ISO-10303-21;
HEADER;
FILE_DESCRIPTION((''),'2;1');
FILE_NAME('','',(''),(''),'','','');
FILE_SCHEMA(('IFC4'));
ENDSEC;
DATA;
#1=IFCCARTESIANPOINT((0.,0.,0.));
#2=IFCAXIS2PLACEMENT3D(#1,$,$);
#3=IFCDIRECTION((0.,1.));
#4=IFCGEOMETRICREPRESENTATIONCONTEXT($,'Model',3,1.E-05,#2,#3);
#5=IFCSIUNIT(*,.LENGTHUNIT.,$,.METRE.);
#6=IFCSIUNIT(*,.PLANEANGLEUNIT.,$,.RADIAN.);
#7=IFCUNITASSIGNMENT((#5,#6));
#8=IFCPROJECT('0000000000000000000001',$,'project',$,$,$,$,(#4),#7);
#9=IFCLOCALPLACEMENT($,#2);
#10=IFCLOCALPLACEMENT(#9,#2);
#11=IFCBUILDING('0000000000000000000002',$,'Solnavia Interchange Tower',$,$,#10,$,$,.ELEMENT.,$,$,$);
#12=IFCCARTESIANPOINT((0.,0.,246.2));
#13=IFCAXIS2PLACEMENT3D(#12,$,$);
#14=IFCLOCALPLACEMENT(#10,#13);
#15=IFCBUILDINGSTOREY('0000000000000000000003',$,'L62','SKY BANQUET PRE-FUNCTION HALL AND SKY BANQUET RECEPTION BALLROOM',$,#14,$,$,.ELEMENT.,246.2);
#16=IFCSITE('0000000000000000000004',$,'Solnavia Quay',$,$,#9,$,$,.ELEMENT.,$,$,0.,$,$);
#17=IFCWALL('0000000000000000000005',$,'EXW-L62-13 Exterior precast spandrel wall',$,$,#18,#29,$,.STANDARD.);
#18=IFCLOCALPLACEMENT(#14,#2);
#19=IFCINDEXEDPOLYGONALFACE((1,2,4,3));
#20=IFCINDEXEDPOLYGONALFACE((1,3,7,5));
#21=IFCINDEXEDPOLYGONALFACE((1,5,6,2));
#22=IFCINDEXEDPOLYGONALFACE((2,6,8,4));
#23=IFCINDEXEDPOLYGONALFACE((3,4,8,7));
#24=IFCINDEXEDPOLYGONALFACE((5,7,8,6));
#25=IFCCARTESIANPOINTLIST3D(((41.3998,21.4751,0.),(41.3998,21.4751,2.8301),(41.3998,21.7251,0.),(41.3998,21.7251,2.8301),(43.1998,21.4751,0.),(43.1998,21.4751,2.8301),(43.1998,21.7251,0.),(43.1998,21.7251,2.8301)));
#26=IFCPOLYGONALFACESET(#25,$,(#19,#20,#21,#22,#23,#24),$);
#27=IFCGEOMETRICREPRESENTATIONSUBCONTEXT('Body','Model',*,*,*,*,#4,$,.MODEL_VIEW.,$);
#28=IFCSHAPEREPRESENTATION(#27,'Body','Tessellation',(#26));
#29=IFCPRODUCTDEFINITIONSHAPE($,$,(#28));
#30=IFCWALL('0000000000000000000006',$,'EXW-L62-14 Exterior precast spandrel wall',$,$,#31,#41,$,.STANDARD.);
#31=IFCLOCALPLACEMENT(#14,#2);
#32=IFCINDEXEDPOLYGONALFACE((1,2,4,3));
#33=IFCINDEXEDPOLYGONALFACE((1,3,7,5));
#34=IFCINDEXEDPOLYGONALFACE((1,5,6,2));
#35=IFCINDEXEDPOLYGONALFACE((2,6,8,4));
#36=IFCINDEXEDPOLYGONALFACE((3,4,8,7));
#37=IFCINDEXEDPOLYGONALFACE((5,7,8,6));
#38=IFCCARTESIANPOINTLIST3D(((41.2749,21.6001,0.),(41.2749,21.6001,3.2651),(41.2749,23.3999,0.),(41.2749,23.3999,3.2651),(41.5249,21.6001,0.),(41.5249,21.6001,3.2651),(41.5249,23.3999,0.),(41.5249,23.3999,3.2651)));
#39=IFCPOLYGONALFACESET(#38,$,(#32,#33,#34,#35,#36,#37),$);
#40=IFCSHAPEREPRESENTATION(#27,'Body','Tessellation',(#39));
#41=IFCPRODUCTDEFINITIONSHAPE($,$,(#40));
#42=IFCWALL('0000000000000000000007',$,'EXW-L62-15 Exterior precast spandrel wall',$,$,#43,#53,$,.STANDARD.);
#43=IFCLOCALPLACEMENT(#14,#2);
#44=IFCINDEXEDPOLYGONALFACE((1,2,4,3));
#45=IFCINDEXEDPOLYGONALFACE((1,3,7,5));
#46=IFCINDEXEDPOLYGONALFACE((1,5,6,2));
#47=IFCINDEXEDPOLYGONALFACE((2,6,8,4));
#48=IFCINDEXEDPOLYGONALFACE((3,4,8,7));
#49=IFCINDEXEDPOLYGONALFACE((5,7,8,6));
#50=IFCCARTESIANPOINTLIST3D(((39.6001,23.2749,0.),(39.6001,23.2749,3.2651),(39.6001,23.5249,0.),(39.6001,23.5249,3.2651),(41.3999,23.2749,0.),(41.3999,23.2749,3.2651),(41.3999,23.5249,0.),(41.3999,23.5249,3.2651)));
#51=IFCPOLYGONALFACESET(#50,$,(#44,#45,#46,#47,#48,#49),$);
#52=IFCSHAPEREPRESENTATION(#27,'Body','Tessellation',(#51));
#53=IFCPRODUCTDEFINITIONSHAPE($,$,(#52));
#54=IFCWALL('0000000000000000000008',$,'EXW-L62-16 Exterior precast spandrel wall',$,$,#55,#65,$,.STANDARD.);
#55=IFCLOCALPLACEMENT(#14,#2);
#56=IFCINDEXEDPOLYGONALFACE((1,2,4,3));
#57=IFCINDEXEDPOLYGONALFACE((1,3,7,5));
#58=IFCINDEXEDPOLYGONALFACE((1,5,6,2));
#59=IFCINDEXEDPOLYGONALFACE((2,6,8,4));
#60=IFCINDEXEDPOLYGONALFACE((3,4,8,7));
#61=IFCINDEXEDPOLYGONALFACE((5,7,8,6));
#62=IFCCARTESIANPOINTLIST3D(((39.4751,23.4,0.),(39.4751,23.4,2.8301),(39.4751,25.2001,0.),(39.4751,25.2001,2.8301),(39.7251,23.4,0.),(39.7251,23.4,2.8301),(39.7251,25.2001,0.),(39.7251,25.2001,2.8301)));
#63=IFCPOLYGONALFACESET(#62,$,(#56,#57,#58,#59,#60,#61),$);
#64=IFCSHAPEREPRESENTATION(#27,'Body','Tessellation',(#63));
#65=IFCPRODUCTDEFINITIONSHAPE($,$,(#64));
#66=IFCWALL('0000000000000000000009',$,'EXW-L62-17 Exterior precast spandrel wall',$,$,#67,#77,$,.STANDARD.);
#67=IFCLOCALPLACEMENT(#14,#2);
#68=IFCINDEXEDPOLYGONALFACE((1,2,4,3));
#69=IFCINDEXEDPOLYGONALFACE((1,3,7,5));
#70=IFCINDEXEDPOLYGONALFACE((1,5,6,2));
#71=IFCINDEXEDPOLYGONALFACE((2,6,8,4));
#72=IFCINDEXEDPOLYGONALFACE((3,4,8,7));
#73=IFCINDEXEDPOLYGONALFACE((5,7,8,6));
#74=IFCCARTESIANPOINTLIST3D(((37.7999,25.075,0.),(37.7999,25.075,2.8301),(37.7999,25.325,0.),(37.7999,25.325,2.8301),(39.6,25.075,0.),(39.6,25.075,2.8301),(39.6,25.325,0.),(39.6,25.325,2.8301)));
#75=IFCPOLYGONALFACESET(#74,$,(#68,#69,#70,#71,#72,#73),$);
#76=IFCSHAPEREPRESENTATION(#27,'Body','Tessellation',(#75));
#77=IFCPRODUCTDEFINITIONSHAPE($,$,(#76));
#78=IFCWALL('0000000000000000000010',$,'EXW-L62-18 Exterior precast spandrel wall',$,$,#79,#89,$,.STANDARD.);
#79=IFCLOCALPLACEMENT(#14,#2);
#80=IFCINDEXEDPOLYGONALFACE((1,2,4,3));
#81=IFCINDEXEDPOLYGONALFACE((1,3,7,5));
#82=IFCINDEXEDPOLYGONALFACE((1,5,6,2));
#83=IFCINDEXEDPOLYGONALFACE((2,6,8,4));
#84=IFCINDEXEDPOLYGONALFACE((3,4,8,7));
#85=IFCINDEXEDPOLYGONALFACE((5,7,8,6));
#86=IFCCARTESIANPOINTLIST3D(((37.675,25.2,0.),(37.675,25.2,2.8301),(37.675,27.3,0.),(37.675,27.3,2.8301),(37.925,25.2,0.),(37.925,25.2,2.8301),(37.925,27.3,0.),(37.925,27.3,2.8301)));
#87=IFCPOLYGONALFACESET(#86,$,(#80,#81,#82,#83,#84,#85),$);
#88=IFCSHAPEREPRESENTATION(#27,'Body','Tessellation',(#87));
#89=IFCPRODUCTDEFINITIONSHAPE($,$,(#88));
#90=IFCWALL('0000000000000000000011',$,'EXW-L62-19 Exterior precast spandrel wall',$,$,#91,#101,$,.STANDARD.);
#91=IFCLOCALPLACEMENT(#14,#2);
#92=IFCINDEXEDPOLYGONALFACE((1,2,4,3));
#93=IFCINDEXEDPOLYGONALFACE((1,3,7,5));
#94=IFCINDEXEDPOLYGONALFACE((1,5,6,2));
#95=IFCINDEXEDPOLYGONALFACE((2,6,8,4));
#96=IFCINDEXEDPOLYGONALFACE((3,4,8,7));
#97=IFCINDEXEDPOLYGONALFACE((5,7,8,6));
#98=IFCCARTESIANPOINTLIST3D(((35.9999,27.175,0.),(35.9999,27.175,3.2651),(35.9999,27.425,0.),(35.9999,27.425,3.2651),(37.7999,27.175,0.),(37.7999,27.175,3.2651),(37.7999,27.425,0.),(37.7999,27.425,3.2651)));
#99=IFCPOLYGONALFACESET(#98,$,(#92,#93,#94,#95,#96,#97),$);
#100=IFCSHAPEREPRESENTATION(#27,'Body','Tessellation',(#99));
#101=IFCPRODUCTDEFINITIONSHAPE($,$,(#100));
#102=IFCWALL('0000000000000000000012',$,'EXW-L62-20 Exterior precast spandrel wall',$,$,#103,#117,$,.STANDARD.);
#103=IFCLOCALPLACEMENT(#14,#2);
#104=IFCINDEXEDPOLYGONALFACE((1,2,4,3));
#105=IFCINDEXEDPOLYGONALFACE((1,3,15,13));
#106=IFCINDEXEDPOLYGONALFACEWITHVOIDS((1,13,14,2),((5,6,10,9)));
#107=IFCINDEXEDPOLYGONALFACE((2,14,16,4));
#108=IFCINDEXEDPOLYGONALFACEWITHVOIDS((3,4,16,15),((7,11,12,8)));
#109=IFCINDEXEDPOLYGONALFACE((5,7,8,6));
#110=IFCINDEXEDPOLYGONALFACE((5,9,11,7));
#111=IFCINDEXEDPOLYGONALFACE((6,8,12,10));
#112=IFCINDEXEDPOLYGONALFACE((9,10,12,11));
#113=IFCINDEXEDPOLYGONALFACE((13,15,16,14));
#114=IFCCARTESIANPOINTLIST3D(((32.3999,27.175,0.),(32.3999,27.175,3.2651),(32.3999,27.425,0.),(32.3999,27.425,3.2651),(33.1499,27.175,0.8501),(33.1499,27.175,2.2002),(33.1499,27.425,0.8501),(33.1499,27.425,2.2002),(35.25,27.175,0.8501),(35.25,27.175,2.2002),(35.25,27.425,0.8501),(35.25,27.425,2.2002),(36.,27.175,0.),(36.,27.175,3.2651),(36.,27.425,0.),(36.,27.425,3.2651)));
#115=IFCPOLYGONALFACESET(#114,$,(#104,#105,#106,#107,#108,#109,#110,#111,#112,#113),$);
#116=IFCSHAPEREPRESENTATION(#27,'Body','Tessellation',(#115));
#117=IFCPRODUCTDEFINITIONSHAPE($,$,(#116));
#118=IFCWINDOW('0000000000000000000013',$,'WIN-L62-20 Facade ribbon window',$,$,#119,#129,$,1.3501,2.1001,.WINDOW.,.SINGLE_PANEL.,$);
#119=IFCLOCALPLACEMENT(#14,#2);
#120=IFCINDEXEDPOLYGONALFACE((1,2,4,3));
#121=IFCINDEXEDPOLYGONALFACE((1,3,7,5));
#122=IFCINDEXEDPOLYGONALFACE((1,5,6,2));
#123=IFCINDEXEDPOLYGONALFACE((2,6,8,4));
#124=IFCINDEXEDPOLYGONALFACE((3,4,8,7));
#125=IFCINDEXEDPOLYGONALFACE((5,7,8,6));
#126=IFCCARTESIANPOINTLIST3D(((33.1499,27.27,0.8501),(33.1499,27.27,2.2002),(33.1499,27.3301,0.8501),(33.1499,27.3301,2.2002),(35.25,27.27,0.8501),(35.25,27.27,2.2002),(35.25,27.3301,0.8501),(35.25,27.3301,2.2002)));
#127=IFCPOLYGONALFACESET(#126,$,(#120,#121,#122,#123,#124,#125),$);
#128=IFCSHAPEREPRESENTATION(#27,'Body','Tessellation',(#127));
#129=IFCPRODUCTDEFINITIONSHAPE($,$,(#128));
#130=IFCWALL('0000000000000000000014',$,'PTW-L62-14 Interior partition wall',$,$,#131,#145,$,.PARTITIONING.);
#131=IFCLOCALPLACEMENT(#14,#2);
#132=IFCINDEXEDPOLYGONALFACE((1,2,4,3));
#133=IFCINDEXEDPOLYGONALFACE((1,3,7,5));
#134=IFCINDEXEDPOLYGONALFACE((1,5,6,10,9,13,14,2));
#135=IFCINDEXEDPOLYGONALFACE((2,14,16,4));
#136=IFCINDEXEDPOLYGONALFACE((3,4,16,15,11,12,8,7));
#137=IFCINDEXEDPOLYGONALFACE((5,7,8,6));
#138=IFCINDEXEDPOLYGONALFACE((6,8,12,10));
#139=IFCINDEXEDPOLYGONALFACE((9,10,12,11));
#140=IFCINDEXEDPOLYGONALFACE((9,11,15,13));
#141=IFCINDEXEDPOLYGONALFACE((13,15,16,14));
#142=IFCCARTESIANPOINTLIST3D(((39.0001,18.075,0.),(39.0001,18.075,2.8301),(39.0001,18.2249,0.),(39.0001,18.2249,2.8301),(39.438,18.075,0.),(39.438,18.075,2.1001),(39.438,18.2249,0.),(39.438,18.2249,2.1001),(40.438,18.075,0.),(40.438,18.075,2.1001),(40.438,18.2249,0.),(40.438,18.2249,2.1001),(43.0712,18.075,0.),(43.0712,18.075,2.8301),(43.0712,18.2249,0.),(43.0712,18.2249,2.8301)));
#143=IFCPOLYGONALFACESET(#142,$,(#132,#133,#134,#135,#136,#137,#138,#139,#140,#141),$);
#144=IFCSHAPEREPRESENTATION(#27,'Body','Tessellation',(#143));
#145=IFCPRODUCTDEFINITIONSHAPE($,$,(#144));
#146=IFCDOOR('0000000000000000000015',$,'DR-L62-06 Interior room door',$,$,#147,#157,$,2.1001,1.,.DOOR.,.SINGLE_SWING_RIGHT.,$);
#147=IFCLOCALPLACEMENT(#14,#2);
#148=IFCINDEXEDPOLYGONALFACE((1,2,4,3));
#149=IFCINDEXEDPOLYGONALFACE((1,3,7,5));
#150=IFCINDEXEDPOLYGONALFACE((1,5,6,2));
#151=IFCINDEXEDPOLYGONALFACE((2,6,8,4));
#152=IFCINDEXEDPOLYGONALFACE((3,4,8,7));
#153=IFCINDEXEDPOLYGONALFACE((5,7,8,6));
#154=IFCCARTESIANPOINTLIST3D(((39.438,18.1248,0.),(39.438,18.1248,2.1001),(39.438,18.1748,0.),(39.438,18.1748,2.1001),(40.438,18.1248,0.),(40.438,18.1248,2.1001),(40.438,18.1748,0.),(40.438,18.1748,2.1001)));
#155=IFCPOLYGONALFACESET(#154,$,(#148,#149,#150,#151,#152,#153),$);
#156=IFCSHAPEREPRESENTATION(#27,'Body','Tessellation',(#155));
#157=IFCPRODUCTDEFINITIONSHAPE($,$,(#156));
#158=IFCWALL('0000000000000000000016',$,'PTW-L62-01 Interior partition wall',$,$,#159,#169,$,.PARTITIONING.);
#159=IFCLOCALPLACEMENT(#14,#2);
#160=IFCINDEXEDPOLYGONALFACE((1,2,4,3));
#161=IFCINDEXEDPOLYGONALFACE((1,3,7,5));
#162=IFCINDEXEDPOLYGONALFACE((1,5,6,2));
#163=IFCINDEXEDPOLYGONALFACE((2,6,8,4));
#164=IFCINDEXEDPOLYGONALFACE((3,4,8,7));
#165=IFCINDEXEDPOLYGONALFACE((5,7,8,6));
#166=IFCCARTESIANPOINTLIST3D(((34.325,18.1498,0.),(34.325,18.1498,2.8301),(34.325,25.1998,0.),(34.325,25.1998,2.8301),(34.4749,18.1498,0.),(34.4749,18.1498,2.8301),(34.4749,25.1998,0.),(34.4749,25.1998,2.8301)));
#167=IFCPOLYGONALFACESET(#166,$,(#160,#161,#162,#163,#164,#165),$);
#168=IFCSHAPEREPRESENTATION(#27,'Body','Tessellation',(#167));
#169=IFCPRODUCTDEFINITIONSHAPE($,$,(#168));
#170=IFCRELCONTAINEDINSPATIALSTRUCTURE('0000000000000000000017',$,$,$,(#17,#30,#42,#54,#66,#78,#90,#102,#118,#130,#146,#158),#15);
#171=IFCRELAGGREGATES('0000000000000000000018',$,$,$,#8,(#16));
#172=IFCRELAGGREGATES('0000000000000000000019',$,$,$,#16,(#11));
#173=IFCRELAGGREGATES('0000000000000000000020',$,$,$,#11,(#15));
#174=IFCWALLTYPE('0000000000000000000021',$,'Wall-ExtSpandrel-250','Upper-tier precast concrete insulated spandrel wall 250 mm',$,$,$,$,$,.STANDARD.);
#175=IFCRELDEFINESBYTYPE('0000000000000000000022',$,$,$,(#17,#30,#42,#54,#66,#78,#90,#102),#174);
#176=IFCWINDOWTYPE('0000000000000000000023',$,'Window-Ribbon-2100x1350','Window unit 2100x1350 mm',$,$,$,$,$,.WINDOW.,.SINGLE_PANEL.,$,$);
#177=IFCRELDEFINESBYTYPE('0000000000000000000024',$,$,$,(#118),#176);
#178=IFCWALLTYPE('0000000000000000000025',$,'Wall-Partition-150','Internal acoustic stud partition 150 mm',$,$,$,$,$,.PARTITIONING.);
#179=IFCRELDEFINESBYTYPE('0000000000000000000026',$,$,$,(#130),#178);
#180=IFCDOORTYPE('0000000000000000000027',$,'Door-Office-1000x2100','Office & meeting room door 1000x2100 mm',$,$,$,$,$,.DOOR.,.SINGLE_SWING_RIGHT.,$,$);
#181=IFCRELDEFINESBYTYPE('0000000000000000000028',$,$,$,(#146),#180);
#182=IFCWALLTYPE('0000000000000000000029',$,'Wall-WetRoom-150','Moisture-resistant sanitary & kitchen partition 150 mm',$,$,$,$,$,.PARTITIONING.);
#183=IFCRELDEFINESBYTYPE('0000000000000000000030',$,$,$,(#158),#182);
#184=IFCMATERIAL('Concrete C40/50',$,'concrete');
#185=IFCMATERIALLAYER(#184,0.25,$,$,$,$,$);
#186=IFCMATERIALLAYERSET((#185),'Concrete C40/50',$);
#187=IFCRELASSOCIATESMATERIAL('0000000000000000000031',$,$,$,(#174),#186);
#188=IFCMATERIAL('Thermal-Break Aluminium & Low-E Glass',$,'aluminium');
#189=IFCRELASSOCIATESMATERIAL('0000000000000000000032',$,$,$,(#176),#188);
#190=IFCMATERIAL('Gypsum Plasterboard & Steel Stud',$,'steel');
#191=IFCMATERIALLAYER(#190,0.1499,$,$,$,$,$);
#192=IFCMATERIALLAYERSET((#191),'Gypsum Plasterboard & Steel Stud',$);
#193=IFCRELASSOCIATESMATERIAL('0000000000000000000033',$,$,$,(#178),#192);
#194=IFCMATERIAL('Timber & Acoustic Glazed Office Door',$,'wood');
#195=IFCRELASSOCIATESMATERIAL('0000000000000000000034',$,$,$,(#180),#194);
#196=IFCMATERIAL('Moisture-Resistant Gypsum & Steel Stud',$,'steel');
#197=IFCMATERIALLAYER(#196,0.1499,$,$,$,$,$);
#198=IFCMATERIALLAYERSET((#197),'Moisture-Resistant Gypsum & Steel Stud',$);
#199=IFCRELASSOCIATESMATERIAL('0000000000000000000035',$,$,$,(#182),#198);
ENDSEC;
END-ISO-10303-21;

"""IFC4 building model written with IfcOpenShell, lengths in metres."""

from ifc_helpers import new_model, si_unit, direction, frame, frame_2d, origin, place, context, subcontext, project, spatial, rectangle, extrude, material, layer, layer_set, type_object, element, fill, save


model = new_model("IFC4")

# Units and contexts
model_context = context("Model", 3, precision=1e-05, world=origin(), true_north=direction((0.0, 1.0)))
body_context = subcontext(model_context, "Body", "Model", "MODEL_VIEW")
ifc_project = project(units=[si_unit("LENGTHUNIT", "METRE"), si_unit("PLANEANGLEUNIT", "RADIAN")], contexts=[model_context])

# Site, building, storey
site_placement = place(None, origin())
site = spatial("IfcSite", under=ifc_project, at=site_placement, Name="Solnavia Quay", CompositionType="ELEMENT", RefElevation=0.0)
building_placement = place(site_placement, origin())
building = spatial("IfcBuilding", under=site, at=building_placement, Name="Solnavia Interchange Tower", CompositionType="ELEMENT")
storey_placement = place(building_placement, frame((0.0, 0.0, 246.2)))
storey = spatial("IfcBuildingStorey", under=building, at=storey_placement, Name="L62", Description="SKY BANQUET PRE-FUNCTION HALL AND SKY BANQUET RECEPTION BALLROOM", CompositionType="ELEMENT", Elevation=246.2)

# Walls
ifc_material_1 = material(Name="Concrete C40/50", Category="concrete")
ifc_layer_1 = layer(ifc_material_1, 0.25)
ifc_layer_set_1 = layer_set([ifc_layer_1], Name="Concrete C40/50")
wall_type_1 = type_object("IfcWallType", Name="Wall-ExtSpandrel-250", Description="Upper-tier precast concrete insulated spandrel wall 250 mm", PredefinedType="STANDARD", material=ifc_layer_set_1)
wall_1_placement = place(storey_placement, frame((41.3999, 21.6001, 0.0), z_axis=(0.0, 0.0, 1.0), x_axis=(1.0, 0.0, 0.0)))
element("IfcWall", 1, at=wall_1_placement, inside=storey, type_object=wall_type_1, Name="EXW-L62-13 Exterior precast spandrel wall", PredefinedType="STANDARD", context=body_context, shape_type="SweptSolid", body=[
    extrude(rectangle(XDim=1.8, YDim=0.25, at=frame_2d((0.8999, 0.0))), origin(), (0.0, 0.0, 1.0), 2.8301),
])
for number, where, z_axis, x_axis, name in (
    (2, (41.3999, 23.3999, 0.0), (0.0, 0.0, 1.0), (0.0, -1.0, 0.0), "EXW-L62-14 Exterior precast spandrel wall"),
    (3, (39.6001, 23.3999, 0.0), (0.0, 0.0, 1.0), (1.0, 0.0, 0.0), "EXW-L62-15 Exterior precast spandrel wall"),
):
    element("IfcWall", number, at=place(storey_placement, frame(where, z_axis=z_axis, x_axis=x_axis)), inside=storey, type_object=wall_type_1, Name=name, PredefinedType="STANDARD", context=body_context, shape_type="SweptSolid", body=[
        extrude(rectangle(XDim=1.7998, YDim=0.25, at=frame_2d((0.8999, 0.0))), origin(), (0.0, 0.0, 1.0), 3.2651),
    ])
for number, where, z_axis, x_axis, name in (
    (4, (39.6001, 25.2, 0.0), (0.0, 0.0, 1.0), (0.0, -1.0, 0.0), "EXW-L62-16 Exterior precast spandrel wall"),
    (5, (37.8, 25.2, 0.0), (0.0, 0.0, 1.0), (1.0, 0.0, 0.0), "EXW-L62-17 Exterior precast spandrel wall"),
):
    element("IfcWall", number, at=place(storey_placement, frame(where, z_axis=z_axis, x_axis=x_axis)), inside=storey, type_object=wall_type_1, Name=name, PredefinedType="STANDARD", context=body_context, shape_type="SweptSolid", body=[
        extrude(rectangle(XDim=1.8, YDim=0.25, at=frame_2d((0.8999, 0.0))), origin(), (0.0, 0.0, 1.0), 2.8301),
    ])
wall_2_placement = place(storey_placement, frame((37.8, 27.3, 0.0), z_axis=(0.0, 0.0, 1.0), x_axis=(0.0, -1.0, 0.0)))
element("IfcWall", 6, at=wall_2_placement, inside=storey, type_object=wall_type_1, Name="EXW-L62-18 Exterior precast spandrel wall", PredefinedType="STANDARD", context=body_context, shape_type="SweptSolid", body=[
    extrude(rectangle(XDim=2.1001, YDim=0.25, at=frame_2d((1.05, 0.0))), origin(), (0.0, 0.0, 1.0), 2.8301),
])
wall_3_placement = place(storey_placement, frame((36.0, 27.3, 0.0), z_axis=(0.0, 0.0, 1.0), x_axis=(1.0, 0.0, 0.0)))
element("IfcWall", 7, at=wall_3_placement, inside=storey, type_object=wall_type_1, Name="EXW-L62-19 Exterior precast spandrel wall", PredefinedType="STANDARD", context=body_context, shape_type="SweptSolid", body=[
    extrude(rectangle(XDim=1.8, YDim=0.25, at=frame_2d((0.8999, 0.0))), origin(), (0.0, 0.0, 1.0), 3.2651),
])

# Wall, opening, window
wall_4_placement = place(storey_placement, frame((32.3999, 27.3, 0.0), z_axis=(0.0, 0.0, 1.0), x_axis=(1.0, 0.0, 0.0)))
wall_4 = element("IfcWall", 8, at=wall_4_placement, inside=storey, type_object=wall_type_1, Name="EXW-L62-20 Exterior precast spandrel wall", PredefinedType="STANDARD", context=body_context, shape_type="SweptSolid", body=[
    extrude(rectangle(XDim=3.6001, YDim=0.25, at=frame_2d((1.8, 0.0))), origin(), (0.0, 0.0, 1.0), 3.2651),
])
opening_1_placement = place(wall_4_placement, frame((0.75, 0.0, 0.8501)))
opening_1 = element("IfcOpeningElement", 9, at=opening_1_placement, cuts=wall_4, PredefinedType="OPENING", context=body_context, shape_type="SweptSolid", body=[
    extrude(rectangle(XDim=2.1001, YDim=1.3501, at=frame_2d((1.05, 0.675))), frame((0.0, 0.135, 0.0), z_axis=(0.0, -1.0, 0.0), x_axis=(1.0, 0.0, 0.0)), (0.0, 0.0, 1.0), 0.27),
])
ifc_material_2 = material(Name="Thermal-Break Aluminium & Low-E Glass", Category="aluminium")
window_type = type_object("IfcWindowType", Name="Window-Ribbon-2100x1350", Description="Window unit 2100x1350 mm", PartitioningType="SINGLE_PANEL", PredefinedType="WINDOW", material=ifc_material_2)
window_placement = place(opening_1_placement, origin())
window = element("IfcWindow", 10, at=window_placement, inside=storey, type_object=window_type, Name="WIN-L62-20 Facade ribbon window", OverallHeight=1.3501, OverallWidth=2.1001, PartitioningType="SINGLE_PANEL", PredefinedType="WINDOW", context=body_context, shape_type="SweptSolid", body=[
    extrude(rectangle(XDim=2.1001, YDim=1.3501, at=frame_2d((1.05, 0.675))), frame((0.0, 0.03, 0.0), z_axis=(0.0, -1.0, 0.0), x_axis=(1.0, 0.0, 0.0)), (0.0, 0.0, 1.0), 0.0601),
])
fill(opening_1, window)

# Wall, opening, door
ifc_material_3 = material(Name="Gypsum Plasterboard & Steel Stud", Category="steel")
ifc_layer_2 = layer(ifc_material_3, 0.1499)
ifc_layer_set_2 = layer_set([ifc_layer_2], Name="Gypsum Plasterboard & Steel Stud")
wall_type_2 = type_object("IfcWallType", Name="Wall-Partition-150", Description="Internal acoustic stud partition 150 mm", PredefinedType="PARTITIONING", material=ifc_layer_set_2)
wall_5_placement = place(storey_placement, frame((39.0, 18.1499, 0.0), z_axis=(0.0, 0.0, 1.0), x_axis=(1.0, 0.0, 0.0)))
wall_5 = element("IfcWall", 11, at=wall_5_placement, inside=storey, type_object=wall_type_2, Name="PTW-L62-14 Interior partition wall", PredefinedType="PARTITIONING", context=body_context, shape_type="SweptSolid", body=[
    extrude(rectangle(XDim=4.071, YDim=0.1499, at=frame_2d((2.0356, 0.0))), origin(), (0.0, 0.0, 1.0), 2.8301),
])
opening_2_placement = place(wall_5_placement, frame((0.438, 0.0, 0.0)))
opening_2 = element("IfcOpeningElement", 12, at=opening_2_placement, cuts=wall_5, PredefinedType="OPENING", context=body_context, shape_type="SweptSolid", body=[
    extrude(rectangle(XDim=1.0, YDim=2.1001, at=frame_2d((0.5, 1.05))), frame((0.0, 0.085, 0.0), z_axis=(0.0, -1.0, 0.0), x_axis=(1.0, 0.0, 0.0)), (0.0, 0.0, 1.0), 0.1699),
])
ifc_material_4 = material(Name="Timber & Acoustic Glazed Office Door", Category="wood")
door_type_1 = type_object("IfcDoorType", Name="Door-Office-1000x2100", Description="Office & meeting room door 1000x2100 mm", OperationType="SINGLE_SWING_RIGHT", PredefinedType="DOOR", material=ifc_material_4)
door_1_placement = place(opening_2_placement, origin())
door_1 = element("IfcDoor", 13, at=door_1_placement, inside=storey, type_object=door_type_1, Name="DR-L62-06 Interior room door", OperationType="SINGLE_SWING_RIGHT", OverallHeight=2.1001, OverallWidth=1.0, PredefinedType="DOOR", context=body_context, shape_type="SweptSolid", body=[
    extrude(rectangle(XDim=1.0, YDim=2.1001, at=frame_2d((0.5, 1.05))), frame((0.0, 0.0249, 0.0), z_axis=(0.0, -1.0, 0.0), x_axis=(1.0, 0.0, 0.0)), (0.0, 0.0, 1.0), 0.05),
])
fill(opening_2, door_1)

# Wall
ifc_material_5 = material(Name="Moisture-Resistant Gypsum & Steel Stud", Category="steel")
ifc_layer_3 = layer(ifc_material_5, 0.1499)
ifc_layer_set_3 = layer_set([ifc_layer_3], Name="Moisture-Resistant Gypsum & Steel Stud")
wall_type_3 = type_object("IfcWallType", Name="Wall-WetRoom-150", Description="Moisture-resistant sanitary & kitchen partition 150 mm", PredefinedType="PARTITIONING", material=ifc_layer_set_3)
wall_6_placement = place(storey_placement, frame((34.3999, 18.1499, 0.0), z_axis=(0.0, 0.0, 1.0), x_axis=(0.0, 1.0, 0.0)))
element("IfcWall", 14, at=wall_6_placement, inside=storey, type_object=wall_type_3, Name="PTW-L62-01 Interior partition wall", PredefinedType="PARTITIONING", context=body_context, shape_type="SweptSolid", body=[
    extrude(rectangle(XDim=7.05, YDim=0.1499, at=frame_2d((3.5249, 0.0))), origin(), (0.0, 0.0, 1.0), 2.8301),
])

save(model, "model.ifc")
